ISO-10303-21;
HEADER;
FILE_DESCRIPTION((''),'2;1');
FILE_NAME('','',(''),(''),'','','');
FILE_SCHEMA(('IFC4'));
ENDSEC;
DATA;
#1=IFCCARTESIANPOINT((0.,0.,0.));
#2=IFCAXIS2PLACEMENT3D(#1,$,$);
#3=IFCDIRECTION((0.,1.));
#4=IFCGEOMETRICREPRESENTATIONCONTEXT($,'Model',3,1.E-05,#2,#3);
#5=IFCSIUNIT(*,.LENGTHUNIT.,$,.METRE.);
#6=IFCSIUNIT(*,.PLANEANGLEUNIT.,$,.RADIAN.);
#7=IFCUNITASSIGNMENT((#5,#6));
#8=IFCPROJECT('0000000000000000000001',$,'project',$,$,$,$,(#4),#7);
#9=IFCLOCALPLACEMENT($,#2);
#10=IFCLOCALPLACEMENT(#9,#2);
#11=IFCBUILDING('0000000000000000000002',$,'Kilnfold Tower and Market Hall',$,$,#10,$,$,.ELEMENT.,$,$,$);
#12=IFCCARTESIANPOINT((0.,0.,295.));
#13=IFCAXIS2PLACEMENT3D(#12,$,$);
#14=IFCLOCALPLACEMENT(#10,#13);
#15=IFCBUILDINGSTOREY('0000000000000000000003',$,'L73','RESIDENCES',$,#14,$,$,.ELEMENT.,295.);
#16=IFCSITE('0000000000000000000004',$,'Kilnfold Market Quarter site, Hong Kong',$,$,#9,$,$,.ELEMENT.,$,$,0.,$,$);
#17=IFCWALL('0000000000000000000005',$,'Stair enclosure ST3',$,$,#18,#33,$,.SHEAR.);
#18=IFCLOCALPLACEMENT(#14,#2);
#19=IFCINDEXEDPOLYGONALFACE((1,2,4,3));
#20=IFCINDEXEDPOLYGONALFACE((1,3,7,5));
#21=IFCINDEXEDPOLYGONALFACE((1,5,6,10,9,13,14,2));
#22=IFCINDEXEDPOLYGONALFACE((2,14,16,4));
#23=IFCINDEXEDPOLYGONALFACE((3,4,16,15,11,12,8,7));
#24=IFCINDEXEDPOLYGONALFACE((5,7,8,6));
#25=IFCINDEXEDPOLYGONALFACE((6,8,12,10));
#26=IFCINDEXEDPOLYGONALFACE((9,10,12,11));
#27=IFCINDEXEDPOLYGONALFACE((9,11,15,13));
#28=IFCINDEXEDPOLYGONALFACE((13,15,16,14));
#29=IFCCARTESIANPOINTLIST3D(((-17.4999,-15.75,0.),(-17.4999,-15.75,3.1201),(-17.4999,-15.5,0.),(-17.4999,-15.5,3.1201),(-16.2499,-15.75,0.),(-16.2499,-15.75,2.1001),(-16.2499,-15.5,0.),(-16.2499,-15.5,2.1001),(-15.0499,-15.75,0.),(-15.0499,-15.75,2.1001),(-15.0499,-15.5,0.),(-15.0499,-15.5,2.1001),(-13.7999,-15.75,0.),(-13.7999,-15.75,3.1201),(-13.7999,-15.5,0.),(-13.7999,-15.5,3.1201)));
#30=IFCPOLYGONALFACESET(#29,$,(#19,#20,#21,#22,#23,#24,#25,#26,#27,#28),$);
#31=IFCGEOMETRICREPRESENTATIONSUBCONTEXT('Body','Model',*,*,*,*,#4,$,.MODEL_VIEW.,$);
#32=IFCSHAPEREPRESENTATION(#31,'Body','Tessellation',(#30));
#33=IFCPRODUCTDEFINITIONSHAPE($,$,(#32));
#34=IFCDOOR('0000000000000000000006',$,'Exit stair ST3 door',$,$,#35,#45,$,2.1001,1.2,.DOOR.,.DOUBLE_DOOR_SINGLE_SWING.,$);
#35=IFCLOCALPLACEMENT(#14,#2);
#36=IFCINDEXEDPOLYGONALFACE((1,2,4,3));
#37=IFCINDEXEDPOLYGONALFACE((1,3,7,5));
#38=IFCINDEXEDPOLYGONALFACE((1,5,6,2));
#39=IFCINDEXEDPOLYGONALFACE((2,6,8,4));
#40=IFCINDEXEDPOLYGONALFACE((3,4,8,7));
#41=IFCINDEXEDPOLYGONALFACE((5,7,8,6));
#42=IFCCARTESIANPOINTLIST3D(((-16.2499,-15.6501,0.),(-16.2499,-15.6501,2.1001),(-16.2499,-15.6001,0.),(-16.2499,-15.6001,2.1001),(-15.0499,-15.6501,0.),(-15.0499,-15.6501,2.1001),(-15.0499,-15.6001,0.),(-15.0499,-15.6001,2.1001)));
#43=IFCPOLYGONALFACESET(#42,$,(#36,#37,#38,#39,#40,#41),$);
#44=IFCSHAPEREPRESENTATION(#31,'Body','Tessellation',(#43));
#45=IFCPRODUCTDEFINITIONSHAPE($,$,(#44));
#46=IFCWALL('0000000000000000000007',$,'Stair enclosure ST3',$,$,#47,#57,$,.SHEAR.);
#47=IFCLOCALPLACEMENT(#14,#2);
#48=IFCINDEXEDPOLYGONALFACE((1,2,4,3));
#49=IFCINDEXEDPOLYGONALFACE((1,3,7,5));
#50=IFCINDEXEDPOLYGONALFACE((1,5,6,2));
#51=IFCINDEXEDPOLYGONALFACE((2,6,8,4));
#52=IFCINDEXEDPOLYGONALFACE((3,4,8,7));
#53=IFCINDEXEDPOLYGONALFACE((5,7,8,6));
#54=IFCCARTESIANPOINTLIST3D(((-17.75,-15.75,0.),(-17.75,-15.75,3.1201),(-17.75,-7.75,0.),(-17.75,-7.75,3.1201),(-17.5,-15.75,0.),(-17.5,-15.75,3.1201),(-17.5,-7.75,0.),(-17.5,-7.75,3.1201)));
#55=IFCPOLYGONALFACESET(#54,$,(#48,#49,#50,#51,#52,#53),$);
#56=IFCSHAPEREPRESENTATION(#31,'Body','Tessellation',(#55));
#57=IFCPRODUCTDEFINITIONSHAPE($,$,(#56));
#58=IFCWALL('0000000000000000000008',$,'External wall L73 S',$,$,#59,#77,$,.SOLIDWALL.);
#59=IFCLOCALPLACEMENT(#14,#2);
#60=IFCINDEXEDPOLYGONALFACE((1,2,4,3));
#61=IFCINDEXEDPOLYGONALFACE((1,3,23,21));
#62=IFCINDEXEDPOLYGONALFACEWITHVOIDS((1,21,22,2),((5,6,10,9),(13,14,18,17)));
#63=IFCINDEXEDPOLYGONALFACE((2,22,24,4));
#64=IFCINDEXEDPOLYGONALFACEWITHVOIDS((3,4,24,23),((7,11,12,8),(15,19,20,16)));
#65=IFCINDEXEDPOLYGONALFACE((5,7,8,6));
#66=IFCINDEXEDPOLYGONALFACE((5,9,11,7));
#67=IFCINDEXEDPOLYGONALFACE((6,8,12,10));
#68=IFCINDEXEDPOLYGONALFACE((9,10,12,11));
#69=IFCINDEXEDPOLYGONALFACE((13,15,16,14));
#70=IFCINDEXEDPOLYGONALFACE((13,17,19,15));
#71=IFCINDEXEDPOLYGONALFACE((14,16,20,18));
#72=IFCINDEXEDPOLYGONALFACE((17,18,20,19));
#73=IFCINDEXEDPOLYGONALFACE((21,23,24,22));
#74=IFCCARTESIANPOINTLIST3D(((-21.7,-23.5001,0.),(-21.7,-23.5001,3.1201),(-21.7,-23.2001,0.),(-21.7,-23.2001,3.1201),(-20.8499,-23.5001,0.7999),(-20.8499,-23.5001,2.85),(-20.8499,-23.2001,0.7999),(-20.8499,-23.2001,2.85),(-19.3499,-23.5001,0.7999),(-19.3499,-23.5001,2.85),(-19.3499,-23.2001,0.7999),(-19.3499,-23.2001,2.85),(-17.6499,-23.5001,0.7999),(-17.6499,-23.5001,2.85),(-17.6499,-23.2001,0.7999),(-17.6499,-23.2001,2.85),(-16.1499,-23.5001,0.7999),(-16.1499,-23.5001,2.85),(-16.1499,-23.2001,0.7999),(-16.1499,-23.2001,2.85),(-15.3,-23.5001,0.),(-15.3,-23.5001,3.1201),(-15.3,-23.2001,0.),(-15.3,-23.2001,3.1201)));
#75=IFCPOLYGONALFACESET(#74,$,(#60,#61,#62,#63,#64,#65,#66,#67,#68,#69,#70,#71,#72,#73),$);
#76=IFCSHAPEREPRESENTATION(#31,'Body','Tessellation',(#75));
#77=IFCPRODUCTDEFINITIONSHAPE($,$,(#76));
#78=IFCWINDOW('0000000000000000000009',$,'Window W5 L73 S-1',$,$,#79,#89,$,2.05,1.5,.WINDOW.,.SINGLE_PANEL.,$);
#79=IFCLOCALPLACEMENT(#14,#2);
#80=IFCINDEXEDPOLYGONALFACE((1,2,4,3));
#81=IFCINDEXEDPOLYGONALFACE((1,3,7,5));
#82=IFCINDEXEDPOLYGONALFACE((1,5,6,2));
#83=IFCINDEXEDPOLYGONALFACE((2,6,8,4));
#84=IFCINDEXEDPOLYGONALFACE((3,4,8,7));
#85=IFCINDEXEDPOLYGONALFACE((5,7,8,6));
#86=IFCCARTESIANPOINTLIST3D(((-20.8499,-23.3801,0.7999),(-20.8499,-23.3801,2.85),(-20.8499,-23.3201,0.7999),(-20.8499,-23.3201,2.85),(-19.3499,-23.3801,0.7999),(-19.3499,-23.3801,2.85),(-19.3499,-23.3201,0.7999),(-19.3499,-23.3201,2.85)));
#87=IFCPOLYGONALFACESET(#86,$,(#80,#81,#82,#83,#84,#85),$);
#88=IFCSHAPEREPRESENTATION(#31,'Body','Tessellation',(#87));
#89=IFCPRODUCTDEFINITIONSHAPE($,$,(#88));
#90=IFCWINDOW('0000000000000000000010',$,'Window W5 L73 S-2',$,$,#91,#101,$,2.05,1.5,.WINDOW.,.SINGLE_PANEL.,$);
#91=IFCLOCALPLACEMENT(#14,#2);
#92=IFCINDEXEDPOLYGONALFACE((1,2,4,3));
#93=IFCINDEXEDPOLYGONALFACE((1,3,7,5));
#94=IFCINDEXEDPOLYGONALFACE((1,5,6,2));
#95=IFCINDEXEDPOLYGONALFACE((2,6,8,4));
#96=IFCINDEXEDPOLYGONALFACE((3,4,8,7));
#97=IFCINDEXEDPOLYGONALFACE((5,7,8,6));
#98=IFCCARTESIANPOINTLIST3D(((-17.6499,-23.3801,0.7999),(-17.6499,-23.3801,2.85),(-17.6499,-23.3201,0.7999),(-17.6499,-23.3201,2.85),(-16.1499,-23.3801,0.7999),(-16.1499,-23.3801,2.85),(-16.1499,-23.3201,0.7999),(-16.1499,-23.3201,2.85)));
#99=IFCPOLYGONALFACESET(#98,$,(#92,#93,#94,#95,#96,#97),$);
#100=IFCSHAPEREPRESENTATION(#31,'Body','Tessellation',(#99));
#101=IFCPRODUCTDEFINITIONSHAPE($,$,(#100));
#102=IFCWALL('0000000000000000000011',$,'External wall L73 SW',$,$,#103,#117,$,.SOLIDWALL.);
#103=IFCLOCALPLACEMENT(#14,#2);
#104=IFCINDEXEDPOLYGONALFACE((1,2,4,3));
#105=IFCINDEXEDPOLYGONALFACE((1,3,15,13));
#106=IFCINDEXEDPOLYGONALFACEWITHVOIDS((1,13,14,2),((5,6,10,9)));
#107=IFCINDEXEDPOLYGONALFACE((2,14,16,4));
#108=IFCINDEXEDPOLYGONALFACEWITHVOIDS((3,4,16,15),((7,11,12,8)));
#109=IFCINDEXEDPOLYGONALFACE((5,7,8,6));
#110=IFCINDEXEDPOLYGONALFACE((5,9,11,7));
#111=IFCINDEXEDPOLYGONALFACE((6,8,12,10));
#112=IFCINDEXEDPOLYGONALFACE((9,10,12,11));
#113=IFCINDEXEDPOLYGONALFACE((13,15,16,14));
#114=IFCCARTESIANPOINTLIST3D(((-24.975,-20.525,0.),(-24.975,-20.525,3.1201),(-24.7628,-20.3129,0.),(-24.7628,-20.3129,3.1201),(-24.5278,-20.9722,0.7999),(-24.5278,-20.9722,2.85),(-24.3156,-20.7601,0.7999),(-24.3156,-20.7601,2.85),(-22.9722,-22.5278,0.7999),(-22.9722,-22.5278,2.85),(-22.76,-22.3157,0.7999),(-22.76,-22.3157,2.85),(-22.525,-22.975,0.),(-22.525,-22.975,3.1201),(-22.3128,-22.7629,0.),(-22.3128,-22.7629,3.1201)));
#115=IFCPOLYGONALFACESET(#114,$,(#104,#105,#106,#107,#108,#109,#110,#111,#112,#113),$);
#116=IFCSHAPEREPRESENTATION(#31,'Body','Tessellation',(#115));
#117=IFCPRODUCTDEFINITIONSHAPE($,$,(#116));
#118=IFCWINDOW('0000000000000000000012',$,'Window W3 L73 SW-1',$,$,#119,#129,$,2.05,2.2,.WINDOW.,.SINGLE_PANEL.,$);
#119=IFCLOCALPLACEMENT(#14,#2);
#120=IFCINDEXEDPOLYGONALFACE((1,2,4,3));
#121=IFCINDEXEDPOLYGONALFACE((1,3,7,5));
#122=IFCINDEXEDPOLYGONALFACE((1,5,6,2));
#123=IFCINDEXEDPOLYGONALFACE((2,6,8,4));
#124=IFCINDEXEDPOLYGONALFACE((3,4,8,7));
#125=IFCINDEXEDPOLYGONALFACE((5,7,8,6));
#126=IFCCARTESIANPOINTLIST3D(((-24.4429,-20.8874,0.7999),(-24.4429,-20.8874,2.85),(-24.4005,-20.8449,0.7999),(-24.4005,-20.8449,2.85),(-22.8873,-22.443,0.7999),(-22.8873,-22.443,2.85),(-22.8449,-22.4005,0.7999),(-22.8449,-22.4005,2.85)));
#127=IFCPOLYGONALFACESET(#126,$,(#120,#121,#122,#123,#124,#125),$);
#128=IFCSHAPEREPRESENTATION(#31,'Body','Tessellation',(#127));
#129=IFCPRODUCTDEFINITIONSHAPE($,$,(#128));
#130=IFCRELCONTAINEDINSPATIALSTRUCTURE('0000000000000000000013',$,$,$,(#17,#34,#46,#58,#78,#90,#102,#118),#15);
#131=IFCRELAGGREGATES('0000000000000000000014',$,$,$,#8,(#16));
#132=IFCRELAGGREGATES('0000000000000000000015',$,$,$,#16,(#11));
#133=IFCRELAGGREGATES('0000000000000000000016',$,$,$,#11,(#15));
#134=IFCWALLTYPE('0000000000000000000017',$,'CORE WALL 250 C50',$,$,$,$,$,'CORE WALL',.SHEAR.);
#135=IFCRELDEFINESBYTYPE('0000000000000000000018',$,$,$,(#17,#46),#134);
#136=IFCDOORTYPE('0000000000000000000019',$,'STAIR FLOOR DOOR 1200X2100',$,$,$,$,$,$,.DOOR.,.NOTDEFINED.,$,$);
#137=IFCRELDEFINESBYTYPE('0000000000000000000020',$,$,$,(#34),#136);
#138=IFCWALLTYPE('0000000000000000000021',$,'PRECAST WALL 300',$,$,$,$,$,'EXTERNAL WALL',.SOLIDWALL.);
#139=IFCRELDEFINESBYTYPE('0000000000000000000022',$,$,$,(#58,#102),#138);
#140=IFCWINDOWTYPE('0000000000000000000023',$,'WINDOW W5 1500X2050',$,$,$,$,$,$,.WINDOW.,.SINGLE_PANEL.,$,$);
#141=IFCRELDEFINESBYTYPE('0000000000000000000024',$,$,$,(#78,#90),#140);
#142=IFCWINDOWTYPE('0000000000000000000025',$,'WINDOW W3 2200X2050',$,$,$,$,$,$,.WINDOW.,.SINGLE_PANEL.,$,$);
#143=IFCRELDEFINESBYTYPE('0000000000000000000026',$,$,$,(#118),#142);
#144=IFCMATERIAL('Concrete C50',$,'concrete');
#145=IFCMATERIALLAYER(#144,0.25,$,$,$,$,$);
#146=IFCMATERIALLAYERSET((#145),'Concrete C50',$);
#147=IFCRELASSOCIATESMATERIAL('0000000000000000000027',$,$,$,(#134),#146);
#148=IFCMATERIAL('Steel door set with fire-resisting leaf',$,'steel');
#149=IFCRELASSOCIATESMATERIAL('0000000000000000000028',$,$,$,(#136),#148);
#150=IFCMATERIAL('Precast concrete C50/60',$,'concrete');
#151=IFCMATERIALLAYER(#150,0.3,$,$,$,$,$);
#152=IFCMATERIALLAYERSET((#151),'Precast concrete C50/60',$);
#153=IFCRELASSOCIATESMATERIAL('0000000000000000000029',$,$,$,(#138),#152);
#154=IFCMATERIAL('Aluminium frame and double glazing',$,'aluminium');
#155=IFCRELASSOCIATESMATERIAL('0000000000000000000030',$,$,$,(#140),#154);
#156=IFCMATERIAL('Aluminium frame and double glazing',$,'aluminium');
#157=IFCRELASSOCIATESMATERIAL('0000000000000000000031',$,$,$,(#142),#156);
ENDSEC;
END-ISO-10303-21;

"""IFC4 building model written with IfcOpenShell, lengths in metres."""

from ifc_helpers import new_model, si_unit, direction, frame, frame_2d, origin, place, context, subcontext, project, spatial, rectangle, extrude, source, transform, mapped, material, layer, layer_set, type_object, element, fill, save


model = new_model("IFC4")

# Units and contexts
model_context = context("Model", 3, precision=1e-05, world=origin(), true_north=direction((0.0, 1.0)))
body_context = subcontext(model_context, "Body", "Model", "MODEL_VIEW")
ifc_project = project(units=[si_unit("LENGTHUNIT", "METRE"), si_unit("PLANEANGLEUNIT", "RADIAN")], contexts=[model_context])

# Site, building, storey
site_placement = place(None, origin())
site = spatial("IfcSite", under=ifc_project, at=site_placement, Name="Kilnfold Market Quarter site, Hong Kong", CompositionType="ELEMENT", RefElevation=0.0)
building_placement = place(site_placement, origin())
building = spatial("IfcBuilding", under=site, at=building_placement, Name="Kilnfold Tower and Market Hall", CompositionType="ELEMENT")
storey_placement = place(building_placement, frame((0.0, 0.0, 295.0)))
storey = spatial("IfcBuildingStorey", under=building, at=storey_placement, Name="L73", Description="RESIDENCES", CompositionType="ELEMENT", Elevation=295.0)

# Wall, opening, door
ifc_material_1 = material(Name="Concrete C50", Category="concrete")
ifc_layer_1 = layer(ifc_material_1, 0.25)
ifc_layer_set_1 = layer_set([ifc_layer_1], Name="Concrete C50")
wall_type_1 = type_object("IfcWallType", Name="CORE WALL 250 C50", ElementType="CORE WALL", PredefinedType="SHEAR", material=ifc_layer_set_1)
shared_shape_1 = source(origin(), body_context, "Body", "SweptSolid", [
    extrude(rectangle(XDim=3.7, YDim=0.25, at=frame_2d((1.8501, 0.0))), origin(), (0.0, 0.0, 1.0), 3.1201),
])
wall_1_placement = place(storey_placement, frame((-17.5, -15.625, 0.0), z_axis=(0.0, 0.0, 1.0), x_axis=(1.0, 0.0, 0.0)))
wall_1 = element("IfcWall", 1, at=wall_1_placement, inside=storey, type_object=wall_type_1, Name="Stair enclosure ST3", PredefinedType="SHEAR", context=body_context, shape_type="MappedRepresentation", body=[
    mapped(shared_shape_1, transform((0.0, 0.0, 0.0))),
])
opening_1_placement = place(wall_1_placement, frame((1.25, 0.0, 0.0)))
opening_1 = element("IfcOpeningElement", 2, at=opening_1_placement, cuts=wall_1, PredefinedType="OPENING", context=body_context, shape_type="SweptSolid", body=[
    extrude(rectangle(XDim=1.2, YDim=2.1001, at=frame_2d((0.6001, 1.05))), frame((0.0, 0.135, 0.0), z_axis=(0.0, -1.0, 0.0), x_axis=(1.0, 0.0, 0.0)), (0.0, 0.0, 1.0), 0.27),
])
ifc_material_2 = material(Name="Steel door set with fire-resisting leaf", Category="steel")
door_type_1 = type_object("IfcDoorType", Name="STAIR FLOOR DOOR 1200X2100", OperationType="NOTDEFINED", PredefinedType="DOOR", material=ifc_material_2)
door_1_placement = place(opening_1_placement, origin())
door_1 = element("IfcDoor", 3, at=door_1_placement, inside=storey, type_object=door_type_1, Name="Exit stair ST3 door", OperationType="DOUBLE_DOOR_SINGLE_SWING", OverallHeight=2.1001, OverallWidth=1.2, PredefinedType="DOOR", context=body_context, shape_type="SweptSolid", body=[
    extrude(rectangle(XDim=1.2, YDim=2.1001, at=frame_2d((0.6001, 1.05))), frame((0.0, 0.0249, 0.0), z_axis=(0.0, -1.0, 0.0), x_axis=(1.0, 0.0, 0.0)), (0.0, 0.0, 1.0), 0.05),
])
fill(opening_1, door_1)

# Wall
shared_shape_2 = source(origin(), body_context, "Body", "SweptSolid", [
    extrude(rectangle(XDim=8.0, YDim=0.25, at=frame_2d((4.0, 0.0))), origin(), (0.0, 0.0, 1.0), 3.1201),
])
wall_2_placement = place(storey_placement, frame((-17.625, -15.75, 0.0), z_axis=(0.0, 0.0, 1.0), x_axis=(0.0, 1.0, 0.0)))
element("IfcWall", 4, at=wall_2_placement, inside=storey, type_object=wall_type_1, Name="Stair enclosure ST3", PredefinedType="SHEAR", context=body_context, shape_type="MappedRepresentation", body=[
    mapped(shared_shape_2, transform((0.0, 0.0, 0.0))),
])

# Wall, openings, windows
ifc_material_3 = material(Name="Precast concrete C50/60", Category="concrete")
ifc_layer_2 = layer(ifc_material_3, 0.3)
ifc_layer_set_2 = layer_set([ifc_layer_2], Name="Precast concrete C50/60")
wall_type_2 = type_object("IfcWallType", Name="PRECAST WALL 300", ElementType="EXTERNAL WALL", PredefinedType="SOLIDWALL", material=ifc_layer_set_2)
shared_shape_3 = source(origin(), body_context, "Body", "SweptSolid", [
    extrude(rectangle(XDim=6.3999, YDim=0.3, at=frame_2d((3.2, 0.0))), origin(), (0.0, 0.0, 1.0), 3.1201),
])
wall_3_placement = place(storey_placement, frame((-21.7, -23.3501, 0.0), z_axis=(0.0, 0.0, 1.0), x_axis=(1.0, 0.0, 0.0)))
wall_3 = element("IfcWall", 5, at=wall_3_placement, inside=storey, type_object=wall_type_2, Name="External wall L73 S", PredefinedType="SOLIDWALL", context=body_context, shape_type="MappedRepresentation", body=[
    mapped(shared_shape_3, transform((0.0, 0.0, 0.0))),
])
opening_2_placement = place(wall_3_placement, frame((0.8501, 0.0, 0.8)))
opening_2 = element("IfcOpeningElement", 6, at=opening_2_placement, cuts=wall_3, PredefinedType="OPENING", context=body_context, shape_type="SweptSolid", body=[
    extrude(rectangle(XDim=1.5, YDim=2.05, at=frame_2d((0.75, 1.0249))), frame((0.0, 0.1602, 0.0), z_axis=(0.0, -1.0, 0.0), x_axis=(1.0, 0.0, 0.0)), (0.0, 0.0, 1.0), 0.3201),
])
opening_3_placement = place(wall_3_placement, frame((4.05, 0.0, 0.8)))
opening_3 = element("IfcOpeningElement", 7, at=opening_3_placement, cuts=wall_3, PredefinedType="OPENING", context=body_context, shape_type="SweptSolid", body=[
    extrude(rectangle(XDim=1.5, YDim=2.05, at=frame_2d((0.75, 1.0249))), frame((0.0, 0.1602, 0.0), z_axis=(0.0, -1.0, 0.0), x_axis=(1.0, 0.0, 0.0)), (0.0, 0.0, 1.0), 0.3201),
])
ifc_material_4 = material(Name="Aluminium frame and double glazing", Category="aluminium")
window_type_1 = type_object("IfcWindowType", Name="WINDOW W5 1500X2050", PartitioningType="SINGLE_PANEL", PredefinedType="WINDOW", material=ifc_material_4)
window_1_placement = place(opening_2_placement, origin())
window_1 = element("IfcWindow", 8, at=window_1_placement, inside=storey, type_object=window_type_1, Name="Window W5 L73 S-1", OverallHeight=2.05, OverallWidth=1.5, PartitioningType="SINGLE_PANEL", PredefinedType="WINDOW", context=body_context, shape_type="SweptSolid", body=[
    extrude(rectangle(XDim=1.5, YDim=2.05, at=frame_2d((0.75, 1.0249))), frame((0.0, 0.03, 0.0), z_axis=(0.0, -1.0, 0.0), x_axis=(1.0, 0.0, 0.0)), (0.0, 0.0, 1.0), 0.0601),
])
fill(opening_2, window_1)
window_2_placement = place(opening_3_placement, origin())
window_2 = element("IfcWindow", 9, at=window_2_placement, inside=storey, type_object=window_type_1, Name="Window W5 L73 S-2", OverallHeight=2.05, OverallWidth=1.5, PartitioningType="SINGLE_PANEL", PredefinedType="WINDOW", context=body_context, shape_type="SweptSolid", body=[
    extrude(rectangle(XDim=1.5, YDim=2.05, at=frame_2d((0.75, 1.0249))), frame((0.0, 0.03, 0.0), z_axis=(0.0, -1.0, 0.0), x_axis=(1.0, 0.0, 0.0)), (0.0, 0.0, 1.0), 0.0601),
])
fill(opening_3, window_2)

# Wall, opening, window
shared_shape_4 = source(origin(), body_context, "Body", "SweptSolid", [
    extrude(rectangle(XDim=3.4648, YDim=0.3, at=frame_2d((1.7324, 0.0))), origin(), (0.0, 0.0, 1.0), 3.1201),
])
wall_4_placement = place(storey_placement, frame((-24.8689, -20.4189, 0.0), z_axis=(0.0, 0.0, 1.0), x_axis=(0.707107, -0.707107, 0.0)))
wall_4 = element("IfcWall", 10, at=wall_4_placement, inside=storey, type_object=wall_type_2, Name="External wall L73 SW", PredefinedType="SOLIDWALL", context=body_context, shape_type="MappedRepresentation", body=[
    mapped(shared_shape_4, transform((0.0, 0.0, 0.0))),
])
opening_4_placement = place(wall_4_placement, frame((0.6323, 0.0, 0.8)))
opening_4 = element("IfcOpeningElement", 11, at=opening_4_placement, cuts=wall_4, PredefinedType="OPENING", context=body_context, shape_type="SweptSolid", body=[
    extrude(rectangle(XDim=2.2, YDim=2.05, at=frame_2d((1.1001, 1.0249))), frame((0.0, 0.1602, 0.0), z_axis=(0.0, -1.0, 0.0), x_axis=(1.0, 0.0, 0.0)), (0.0, 0.0, 1.0), 0.3201),
])
ifc_material_5 = material(Name="Aluminium frame and double glazing", Category="aluminium")
window_type_2 = type_object("IfcWindowType", Name="WINDOW W3 2200X2050", PartitioningType="SINGLE_PANEL", PredefinedType="WINDOW", material=ifc_material_5)
window_3_placement = place(opening_4_placement, origin())
window_3 = element("IfcWindow", 12, at=window_3_placement, inside=storey, type_object=window_type_2, Name="Window W3 L73 SW-1", OverallHeight=2.05, OverallWidth=2.2, PartitioningType="SINGLE_PANEL", PredefinedType="WINDOW", context=body_context, shape_type="SweptSolid", body=[
    extrude(rectangle(XDim=2.2, YDim=2.05, at=frame_2d((1.1001, 1.0249))), frame((0.0, 0.03, 0.0), z_axis=(0.0, -1.0, 0.0), x_axis=(1.0, 0.0, 0.0)), (0.0, 0.0, 1.0), 0.0601),
])
fill(opening_4, window_3)

save(model, "model.ifc")
